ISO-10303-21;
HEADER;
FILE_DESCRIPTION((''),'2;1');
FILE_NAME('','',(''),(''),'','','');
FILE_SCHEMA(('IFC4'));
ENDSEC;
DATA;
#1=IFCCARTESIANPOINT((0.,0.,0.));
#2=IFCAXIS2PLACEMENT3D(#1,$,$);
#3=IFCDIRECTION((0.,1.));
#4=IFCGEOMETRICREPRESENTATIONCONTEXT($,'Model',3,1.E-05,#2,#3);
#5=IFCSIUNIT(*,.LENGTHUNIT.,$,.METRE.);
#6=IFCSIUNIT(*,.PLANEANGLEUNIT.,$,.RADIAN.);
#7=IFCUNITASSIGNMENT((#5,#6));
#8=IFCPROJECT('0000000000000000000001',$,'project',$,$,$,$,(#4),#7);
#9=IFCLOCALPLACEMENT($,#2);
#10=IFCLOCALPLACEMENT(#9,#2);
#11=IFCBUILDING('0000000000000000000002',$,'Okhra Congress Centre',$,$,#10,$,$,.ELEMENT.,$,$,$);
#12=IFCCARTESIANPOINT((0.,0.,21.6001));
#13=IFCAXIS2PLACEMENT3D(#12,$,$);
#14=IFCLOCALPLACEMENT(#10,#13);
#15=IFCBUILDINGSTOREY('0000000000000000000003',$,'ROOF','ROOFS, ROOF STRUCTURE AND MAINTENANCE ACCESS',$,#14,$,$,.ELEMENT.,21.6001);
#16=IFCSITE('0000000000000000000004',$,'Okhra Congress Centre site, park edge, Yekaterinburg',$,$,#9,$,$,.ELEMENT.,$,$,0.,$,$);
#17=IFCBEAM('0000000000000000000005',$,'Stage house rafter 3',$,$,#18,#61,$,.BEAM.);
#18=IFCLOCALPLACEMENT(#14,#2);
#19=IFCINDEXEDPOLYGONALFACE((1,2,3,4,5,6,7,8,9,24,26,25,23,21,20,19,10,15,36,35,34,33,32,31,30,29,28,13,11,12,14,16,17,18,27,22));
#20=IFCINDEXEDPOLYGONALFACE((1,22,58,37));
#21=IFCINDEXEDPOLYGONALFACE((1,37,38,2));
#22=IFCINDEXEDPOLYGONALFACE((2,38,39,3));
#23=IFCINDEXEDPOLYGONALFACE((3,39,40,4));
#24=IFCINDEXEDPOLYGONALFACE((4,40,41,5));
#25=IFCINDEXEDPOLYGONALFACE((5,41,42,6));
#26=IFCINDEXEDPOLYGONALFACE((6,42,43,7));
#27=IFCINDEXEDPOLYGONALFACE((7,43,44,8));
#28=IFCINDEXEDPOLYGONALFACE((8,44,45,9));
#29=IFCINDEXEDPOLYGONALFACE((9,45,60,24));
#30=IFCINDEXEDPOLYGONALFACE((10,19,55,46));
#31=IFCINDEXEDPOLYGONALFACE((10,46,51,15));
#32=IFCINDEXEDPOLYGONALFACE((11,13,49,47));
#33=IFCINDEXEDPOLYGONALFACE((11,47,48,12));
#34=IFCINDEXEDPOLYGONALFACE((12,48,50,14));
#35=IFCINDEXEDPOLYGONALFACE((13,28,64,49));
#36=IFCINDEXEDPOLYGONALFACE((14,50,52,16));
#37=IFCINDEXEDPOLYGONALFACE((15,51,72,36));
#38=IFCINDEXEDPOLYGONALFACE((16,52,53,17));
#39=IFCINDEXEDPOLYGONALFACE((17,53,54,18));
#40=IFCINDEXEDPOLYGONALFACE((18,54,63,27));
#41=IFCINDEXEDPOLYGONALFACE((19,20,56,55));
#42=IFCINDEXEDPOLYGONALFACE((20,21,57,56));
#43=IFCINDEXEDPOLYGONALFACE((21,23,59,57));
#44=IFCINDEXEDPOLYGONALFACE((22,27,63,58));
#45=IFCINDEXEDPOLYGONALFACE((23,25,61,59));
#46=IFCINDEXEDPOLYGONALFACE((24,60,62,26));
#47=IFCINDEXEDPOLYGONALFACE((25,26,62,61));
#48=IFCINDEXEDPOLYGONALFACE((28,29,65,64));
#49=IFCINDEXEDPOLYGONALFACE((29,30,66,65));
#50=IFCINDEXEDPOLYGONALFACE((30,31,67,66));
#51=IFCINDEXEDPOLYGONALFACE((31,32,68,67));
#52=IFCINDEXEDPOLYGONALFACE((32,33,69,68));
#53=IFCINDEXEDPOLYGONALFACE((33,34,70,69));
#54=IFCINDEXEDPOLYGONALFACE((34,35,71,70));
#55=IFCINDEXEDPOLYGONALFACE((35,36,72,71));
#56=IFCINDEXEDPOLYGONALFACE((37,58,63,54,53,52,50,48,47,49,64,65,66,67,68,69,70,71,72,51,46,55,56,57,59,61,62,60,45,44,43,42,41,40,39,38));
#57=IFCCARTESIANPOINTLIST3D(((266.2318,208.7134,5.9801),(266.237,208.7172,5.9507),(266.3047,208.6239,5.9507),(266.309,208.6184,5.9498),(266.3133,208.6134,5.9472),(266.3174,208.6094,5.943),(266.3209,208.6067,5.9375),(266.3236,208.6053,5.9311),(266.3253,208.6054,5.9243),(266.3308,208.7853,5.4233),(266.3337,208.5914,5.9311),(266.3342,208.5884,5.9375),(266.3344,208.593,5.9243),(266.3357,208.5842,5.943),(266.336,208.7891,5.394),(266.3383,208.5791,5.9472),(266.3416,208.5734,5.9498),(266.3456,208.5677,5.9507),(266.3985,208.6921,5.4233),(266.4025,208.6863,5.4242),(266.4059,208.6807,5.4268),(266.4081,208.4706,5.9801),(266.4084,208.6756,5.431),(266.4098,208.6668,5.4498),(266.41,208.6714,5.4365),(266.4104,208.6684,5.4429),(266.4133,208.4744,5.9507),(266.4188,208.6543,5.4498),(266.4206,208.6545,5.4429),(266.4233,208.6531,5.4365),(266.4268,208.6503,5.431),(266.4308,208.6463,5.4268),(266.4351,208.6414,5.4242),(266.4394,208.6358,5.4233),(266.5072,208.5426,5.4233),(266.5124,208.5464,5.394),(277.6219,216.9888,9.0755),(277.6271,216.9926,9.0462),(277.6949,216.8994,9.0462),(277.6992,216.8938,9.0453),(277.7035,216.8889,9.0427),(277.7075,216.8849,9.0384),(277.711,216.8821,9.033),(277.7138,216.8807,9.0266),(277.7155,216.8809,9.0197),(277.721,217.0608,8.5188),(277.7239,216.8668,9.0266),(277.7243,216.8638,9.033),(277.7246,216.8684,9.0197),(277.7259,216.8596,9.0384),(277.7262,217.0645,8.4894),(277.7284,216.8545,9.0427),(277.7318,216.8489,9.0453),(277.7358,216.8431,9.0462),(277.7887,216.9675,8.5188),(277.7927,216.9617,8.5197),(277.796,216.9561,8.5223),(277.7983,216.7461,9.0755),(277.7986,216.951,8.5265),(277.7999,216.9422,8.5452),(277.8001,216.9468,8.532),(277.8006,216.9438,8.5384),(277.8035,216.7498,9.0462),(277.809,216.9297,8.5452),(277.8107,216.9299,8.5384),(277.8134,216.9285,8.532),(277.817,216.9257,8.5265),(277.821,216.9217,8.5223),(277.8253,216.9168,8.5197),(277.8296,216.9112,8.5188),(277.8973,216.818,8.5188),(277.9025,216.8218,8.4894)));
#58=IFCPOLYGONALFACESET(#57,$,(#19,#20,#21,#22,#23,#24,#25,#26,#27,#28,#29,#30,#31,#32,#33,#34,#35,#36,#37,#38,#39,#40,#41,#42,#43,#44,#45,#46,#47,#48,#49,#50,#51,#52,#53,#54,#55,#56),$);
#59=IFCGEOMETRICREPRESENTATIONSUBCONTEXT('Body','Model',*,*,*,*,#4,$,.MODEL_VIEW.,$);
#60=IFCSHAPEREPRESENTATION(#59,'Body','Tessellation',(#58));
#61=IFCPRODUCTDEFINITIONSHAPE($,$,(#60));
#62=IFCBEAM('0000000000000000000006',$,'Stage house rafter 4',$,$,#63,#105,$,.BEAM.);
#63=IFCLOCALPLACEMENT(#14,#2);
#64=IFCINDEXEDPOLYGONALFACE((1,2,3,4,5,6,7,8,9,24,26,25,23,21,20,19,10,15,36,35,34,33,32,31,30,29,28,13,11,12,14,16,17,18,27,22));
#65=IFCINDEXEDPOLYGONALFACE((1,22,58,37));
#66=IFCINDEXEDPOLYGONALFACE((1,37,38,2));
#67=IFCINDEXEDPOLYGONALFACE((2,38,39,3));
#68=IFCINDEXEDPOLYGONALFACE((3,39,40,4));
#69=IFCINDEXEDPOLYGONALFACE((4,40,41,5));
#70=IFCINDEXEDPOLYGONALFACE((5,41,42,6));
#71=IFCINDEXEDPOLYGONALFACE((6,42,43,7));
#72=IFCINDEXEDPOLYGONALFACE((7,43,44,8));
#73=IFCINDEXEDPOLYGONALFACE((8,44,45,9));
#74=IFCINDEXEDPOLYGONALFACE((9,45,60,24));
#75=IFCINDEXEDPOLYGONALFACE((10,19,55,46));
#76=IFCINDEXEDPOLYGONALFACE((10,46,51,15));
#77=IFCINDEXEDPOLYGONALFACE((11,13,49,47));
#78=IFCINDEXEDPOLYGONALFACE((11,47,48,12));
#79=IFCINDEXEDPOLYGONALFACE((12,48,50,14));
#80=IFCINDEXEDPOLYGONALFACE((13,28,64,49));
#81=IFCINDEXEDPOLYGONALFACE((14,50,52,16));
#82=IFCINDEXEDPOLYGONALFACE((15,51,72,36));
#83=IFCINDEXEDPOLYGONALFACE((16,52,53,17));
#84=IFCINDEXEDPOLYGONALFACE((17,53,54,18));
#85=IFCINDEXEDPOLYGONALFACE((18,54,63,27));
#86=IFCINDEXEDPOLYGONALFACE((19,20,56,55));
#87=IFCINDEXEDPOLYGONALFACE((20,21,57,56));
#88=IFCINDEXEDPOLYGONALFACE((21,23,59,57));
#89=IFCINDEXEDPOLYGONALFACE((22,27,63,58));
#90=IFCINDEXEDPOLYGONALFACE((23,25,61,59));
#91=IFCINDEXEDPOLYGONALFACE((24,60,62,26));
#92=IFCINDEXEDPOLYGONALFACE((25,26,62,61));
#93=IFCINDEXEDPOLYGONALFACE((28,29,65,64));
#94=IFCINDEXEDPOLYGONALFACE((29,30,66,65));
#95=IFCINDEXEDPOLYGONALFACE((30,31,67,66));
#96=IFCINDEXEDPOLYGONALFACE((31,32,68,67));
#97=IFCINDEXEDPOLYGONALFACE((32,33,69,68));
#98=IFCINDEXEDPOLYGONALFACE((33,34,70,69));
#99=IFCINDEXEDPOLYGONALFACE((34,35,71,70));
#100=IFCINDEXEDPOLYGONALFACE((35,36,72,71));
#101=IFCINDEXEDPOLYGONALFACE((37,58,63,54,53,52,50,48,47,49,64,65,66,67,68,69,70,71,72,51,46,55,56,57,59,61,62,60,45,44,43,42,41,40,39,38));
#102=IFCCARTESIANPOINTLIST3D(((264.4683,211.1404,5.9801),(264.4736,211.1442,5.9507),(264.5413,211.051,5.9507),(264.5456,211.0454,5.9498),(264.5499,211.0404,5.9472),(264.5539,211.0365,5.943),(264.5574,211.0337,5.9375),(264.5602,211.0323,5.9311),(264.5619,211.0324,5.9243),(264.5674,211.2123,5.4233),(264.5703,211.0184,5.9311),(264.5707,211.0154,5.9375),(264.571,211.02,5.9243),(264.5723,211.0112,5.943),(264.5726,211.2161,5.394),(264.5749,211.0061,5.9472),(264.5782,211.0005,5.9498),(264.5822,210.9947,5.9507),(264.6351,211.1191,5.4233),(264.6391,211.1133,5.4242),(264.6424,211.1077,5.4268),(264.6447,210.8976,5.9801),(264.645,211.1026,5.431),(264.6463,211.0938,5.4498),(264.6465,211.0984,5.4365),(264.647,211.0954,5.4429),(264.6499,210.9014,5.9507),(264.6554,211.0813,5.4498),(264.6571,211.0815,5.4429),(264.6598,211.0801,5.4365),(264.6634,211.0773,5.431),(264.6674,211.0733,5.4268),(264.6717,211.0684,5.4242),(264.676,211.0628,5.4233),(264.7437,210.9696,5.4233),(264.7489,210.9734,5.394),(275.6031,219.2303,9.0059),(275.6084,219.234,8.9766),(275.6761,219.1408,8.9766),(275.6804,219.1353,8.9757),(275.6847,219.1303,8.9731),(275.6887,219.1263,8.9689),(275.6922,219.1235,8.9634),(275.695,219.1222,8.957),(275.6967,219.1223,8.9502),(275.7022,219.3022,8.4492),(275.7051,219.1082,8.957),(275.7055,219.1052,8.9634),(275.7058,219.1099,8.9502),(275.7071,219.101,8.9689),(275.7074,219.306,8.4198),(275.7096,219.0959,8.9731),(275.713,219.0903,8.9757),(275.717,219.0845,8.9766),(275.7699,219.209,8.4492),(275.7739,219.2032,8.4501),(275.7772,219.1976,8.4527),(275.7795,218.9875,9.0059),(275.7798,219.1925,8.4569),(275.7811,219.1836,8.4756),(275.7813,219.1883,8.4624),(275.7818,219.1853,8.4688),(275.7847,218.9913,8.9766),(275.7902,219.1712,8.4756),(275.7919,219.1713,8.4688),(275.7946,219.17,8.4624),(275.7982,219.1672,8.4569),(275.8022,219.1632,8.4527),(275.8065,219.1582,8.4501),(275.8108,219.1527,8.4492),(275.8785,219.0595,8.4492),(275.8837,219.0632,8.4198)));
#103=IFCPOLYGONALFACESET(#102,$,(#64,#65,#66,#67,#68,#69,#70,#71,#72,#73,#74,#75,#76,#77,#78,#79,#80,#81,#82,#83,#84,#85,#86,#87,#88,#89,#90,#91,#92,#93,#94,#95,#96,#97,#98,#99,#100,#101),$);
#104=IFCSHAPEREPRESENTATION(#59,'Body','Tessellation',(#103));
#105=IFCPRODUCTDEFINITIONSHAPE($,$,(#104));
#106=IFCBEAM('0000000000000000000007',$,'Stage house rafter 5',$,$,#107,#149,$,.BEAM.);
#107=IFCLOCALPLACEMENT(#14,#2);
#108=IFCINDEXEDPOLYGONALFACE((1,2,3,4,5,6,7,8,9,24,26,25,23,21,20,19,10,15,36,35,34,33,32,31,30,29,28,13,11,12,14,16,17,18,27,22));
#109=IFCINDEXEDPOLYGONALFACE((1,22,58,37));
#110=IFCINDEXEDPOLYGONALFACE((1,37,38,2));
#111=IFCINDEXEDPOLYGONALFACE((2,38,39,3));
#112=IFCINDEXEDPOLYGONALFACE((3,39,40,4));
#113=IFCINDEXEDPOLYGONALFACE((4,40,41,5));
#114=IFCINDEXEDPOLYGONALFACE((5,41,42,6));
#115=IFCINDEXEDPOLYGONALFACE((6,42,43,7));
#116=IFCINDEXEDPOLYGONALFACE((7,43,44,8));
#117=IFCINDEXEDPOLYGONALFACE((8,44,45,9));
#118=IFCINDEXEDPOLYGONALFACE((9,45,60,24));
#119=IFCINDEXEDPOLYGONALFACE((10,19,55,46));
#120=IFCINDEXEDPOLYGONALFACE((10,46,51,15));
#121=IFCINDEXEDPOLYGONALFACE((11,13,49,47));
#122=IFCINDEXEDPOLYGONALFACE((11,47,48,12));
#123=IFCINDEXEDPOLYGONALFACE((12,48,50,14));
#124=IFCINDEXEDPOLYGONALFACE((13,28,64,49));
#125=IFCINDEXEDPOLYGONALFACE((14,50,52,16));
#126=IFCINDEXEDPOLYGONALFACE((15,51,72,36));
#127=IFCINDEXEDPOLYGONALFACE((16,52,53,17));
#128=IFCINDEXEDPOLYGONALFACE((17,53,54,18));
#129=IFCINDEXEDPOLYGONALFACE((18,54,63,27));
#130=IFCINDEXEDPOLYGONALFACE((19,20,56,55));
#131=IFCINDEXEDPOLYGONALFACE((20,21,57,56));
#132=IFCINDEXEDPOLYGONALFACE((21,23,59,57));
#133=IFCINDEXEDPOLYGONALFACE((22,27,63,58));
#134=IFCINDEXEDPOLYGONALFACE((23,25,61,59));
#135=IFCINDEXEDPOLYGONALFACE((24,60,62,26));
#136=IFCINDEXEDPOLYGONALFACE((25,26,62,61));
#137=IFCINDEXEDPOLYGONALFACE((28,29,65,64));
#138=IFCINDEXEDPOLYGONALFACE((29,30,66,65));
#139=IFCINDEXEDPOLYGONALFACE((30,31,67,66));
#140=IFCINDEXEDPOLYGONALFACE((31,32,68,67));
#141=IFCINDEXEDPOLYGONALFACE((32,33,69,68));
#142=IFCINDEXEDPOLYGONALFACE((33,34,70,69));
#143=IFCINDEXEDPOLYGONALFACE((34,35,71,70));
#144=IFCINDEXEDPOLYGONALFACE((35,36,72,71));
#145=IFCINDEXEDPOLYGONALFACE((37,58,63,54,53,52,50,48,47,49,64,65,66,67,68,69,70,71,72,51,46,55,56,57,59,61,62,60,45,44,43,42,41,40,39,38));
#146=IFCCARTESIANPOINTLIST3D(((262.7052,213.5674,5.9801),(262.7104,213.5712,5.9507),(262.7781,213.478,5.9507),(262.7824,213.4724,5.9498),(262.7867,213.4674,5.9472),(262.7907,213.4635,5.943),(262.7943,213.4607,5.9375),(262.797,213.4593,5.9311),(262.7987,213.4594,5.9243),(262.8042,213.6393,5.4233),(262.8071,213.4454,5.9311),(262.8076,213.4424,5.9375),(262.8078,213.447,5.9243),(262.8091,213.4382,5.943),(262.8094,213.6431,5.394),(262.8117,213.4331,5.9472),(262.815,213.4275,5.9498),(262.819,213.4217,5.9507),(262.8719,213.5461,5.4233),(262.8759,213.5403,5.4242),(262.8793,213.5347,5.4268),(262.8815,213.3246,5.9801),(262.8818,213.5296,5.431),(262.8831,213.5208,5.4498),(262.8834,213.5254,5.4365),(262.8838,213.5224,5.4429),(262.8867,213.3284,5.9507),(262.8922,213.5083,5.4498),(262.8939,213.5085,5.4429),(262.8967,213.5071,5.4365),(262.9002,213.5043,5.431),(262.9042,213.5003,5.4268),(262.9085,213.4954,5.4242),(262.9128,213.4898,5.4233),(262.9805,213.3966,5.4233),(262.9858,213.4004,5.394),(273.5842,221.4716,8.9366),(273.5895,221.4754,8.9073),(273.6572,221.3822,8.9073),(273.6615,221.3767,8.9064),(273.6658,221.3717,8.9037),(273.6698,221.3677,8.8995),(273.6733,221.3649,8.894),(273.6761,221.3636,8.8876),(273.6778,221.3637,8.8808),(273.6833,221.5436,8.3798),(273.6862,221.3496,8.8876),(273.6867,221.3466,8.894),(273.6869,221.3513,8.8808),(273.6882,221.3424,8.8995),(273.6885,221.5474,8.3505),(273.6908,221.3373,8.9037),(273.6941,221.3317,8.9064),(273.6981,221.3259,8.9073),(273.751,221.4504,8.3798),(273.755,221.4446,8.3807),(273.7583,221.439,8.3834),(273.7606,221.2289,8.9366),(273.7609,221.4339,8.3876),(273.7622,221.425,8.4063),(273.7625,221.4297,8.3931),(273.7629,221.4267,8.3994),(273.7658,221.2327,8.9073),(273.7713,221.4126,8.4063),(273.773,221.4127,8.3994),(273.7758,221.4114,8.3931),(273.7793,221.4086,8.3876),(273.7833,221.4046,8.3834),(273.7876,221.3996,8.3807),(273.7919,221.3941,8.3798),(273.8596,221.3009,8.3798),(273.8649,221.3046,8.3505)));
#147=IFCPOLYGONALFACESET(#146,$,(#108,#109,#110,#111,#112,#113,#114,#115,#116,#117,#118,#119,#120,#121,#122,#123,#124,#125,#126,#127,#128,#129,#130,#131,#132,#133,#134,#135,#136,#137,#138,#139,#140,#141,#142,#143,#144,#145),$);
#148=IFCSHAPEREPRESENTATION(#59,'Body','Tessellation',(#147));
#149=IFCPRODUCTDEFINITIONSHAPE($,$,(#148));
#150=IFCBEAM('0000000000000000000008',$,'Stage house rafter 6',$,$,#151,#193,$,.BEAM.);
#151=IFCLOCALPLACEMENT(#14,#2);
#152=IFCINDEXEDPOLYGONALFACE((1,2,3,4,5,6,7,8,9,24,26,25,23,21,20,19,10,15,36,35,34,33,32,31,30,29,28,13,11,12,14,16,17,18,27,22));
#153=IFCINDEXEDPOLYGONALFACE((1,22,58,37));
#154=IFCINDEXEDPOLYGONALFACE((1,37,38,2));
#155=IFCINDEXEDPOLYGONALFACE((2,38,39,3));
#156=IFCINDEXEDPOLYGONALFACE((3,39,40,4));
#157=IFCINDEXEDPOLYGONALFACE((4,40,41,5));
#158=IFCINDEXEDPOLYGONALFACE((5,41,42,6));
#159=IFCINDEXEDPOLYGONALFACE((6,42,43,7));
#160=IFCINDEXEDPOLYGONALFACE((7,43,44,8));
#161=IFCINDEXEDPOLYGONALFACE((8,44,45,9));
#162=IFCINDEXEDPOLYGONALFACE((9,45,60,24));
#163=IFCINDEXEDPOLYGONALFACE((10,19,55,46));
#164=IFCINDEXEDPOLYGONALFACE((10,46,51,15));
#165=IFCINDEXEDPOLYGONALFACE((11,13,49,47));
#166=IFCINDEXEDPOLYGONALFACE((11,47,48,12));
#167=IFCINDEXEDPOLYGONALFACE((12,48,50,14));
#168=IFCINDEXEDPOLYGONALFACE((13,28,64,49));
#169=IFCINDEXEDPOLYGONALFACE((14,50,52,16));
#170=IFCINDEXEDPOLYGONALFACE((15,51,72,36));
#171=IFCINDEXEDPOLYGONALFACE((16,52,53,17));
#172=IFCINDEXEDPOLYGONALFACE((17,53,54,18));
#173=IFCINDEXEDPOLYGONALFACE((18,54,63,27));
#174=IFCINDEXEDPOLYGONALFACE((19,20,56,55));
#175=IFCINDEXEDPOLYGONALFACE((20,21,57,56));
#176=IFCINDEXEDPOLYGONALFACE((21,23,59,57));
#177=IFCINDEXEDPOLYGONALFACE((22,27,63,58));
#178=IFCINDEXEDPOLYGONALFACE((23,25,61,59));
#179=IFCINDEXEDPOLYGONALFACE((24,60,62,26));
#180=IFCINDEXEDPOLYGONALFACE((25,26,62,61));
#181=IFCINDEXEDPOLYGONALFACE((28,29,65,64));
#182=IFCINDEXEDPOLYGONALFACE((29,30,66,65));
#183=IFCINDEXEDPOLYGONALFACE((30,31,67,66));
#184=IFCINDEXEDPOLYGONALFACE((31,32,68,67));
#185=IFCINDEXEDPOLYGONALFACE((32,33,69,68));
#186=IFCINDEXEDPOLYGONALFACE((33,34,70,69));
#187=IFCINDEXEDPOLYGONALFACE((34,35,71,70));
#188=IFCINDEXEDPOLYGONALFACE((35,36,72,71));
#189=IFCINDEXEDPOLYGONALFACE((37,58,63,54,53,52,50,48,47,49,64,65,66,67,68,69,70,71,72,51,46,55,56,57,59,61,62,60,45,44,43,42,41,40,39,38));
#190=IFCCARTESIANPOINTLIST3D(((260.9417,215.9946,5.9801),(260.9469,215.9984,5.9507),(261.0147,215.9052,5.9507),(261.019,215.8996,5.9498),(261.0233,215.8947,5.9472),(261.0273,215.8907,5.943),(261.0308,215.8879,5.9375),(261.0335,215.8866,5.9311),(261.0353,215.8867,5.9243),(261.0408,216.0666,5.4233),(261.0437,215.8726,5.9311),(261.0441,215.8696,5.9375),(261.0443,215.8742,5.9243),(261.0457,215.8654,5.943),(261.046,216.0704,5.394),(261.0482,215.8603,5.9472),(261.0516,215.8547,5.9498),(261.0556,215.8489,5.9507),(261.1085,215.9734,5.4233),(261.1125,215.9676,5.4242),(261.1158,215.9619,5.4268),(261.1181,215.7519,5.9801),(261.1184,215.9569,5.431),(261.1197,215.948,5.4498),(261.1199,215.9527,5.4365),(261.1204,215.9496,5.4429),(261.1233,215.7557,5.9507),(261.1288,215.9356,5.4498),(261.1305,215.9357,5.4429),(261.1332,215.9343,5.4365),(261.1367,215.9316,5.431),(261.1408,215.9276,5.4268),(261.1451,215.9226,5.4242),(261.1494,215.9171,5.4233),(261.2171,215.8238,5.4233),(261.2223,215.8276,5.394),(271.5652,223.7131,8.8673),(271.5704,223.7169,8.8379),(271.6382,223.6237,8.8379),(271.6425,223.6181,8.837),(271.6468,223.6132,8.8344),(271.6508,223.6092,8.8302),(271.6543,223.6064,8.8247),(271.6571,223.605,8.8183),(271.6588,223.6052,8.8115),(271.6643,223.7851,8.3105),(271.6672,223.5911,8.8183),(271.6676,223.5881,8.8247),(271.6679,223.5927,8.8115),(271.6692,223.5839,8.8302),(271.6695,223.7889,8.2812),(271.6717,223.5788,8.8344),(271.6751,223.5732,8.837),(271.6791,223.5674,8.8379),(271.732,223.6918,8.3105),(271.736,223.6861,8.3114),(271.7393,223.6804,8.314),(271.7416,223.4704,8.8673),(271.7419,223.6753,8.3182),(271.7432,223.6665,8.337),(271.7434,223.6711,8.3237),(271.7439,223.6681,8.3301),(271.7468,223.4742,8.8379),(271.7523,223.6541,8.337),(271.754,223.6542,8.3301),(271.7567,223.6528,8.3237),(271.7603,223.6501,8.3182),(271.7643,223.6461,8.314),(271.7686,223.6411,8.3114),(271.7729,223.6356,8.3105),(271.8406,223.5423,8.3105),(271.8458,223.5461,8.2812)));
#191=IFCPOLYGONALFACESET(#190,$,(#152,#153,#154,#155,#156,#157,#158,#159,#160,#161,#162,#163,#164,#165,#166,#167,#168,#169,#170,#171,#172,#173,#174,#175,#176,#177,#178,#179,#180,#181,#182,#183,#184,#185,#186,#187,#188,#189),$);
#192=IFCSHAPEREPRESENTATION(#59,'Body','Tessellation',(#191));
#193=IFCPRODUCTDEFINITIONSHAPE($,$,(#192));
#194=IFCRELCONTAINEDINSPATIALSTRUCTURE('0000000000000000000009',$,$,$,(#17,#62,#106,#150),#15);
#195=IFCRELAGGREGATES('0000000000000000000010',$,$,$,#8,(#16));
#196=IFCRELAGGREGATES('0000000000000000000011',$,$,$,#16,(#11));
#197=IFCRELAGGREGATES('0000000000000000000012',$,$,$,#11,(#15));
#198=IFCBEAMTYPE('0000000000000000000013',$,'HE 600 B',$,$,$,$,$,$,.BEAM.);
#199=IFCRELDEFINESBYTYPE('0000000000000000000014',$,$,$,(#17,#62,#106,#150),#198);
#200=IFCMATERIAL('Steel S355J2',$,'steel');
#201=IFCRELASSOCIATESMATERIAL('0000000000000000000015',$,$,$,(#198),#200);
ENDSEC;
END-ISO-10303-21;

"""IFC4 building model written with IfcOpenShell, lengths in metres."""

from ifc_helpers import new_model, si_unit, direction, frame, origin, origin_2d, place, context, subcontext, project, spatial, i_section, extrude, material, material_profile, profile_set, type_object, element, save


model = new_model("IFC4")

# Units and contexts
model_context = context("Model", 3, precision=1e-05, world=origin(), true_north=direction((0.0, 1.0)))
body_context = subcontext(model_context, "Body", "Model", "MODEL_VIEW")
ifc_project = project(units=[si_unit("LENGTHUNIT", "METRE"), si_unit("PLANEANGLEUNIT", "RADIAN")], contexts=[model_context])

# Site, building, storey
site_placement = place(None, origin())
site = spatial("IfcSite", under=ifc_project, at=site_placement, Name="Okhra Congress Centre site, park edge, Yekaterinburg", CompositionType="ELEMENT", RefElevation=0.0)
building_placement = place(site_placement, origin())
building = spatial("IfcBuilding", under=site, at=building_placement, Name="Okhra Congress Centre", CompositionType="ELEMENT")
storey_placement = place(building_placement, frame((0.0, 0.0, 21.6001)))
storey = spatial("IfcBuildingStorey", under=building, at=storey_placement, Name="ROOF", Description="ROOFS, ROOF STRUCTURE AND MAINTENANCE ACCESS", CompositionType="ELEMENT", Elevation=21.6001)

# Beams
ifc_material_1 = material(Name="Steel S355J2", Category="steel")
ifc_material_profile_1 = material_profile(ifc_material_1, i_section(OverallWidth=0.3, OverallDepth=0.6001, WebThickness=0.0154, FlangeThickness=0.03, FilletRadius=0.0271, at=origin_2d()), Name="HE 600 B")
ifc_profile_set_1 = profile_set([ifc_material_profile_1], Name="Steel S355J2")
beam_type = type_object("IfcBeamType", Name="HE 600 B", PredefinedType="BEAM", material=ifc_profile_set_1)
beam_1_placement = place(storey_placement, frame((266.3721, 208.6299, 5.687), z_axis=(0.790145, 0.574072, 0.214735), x_axis=(-0.587784, 0.809018, 0.0)))
element("IfcBeam", 1, at=beam_1_placement, inside=storey, type_object=beam_type, Name="Stage house rafter 3", PredefinedType="BEAM", context=body_context, shape_type="SweptSolid", body=[
    extrude(i_section(OverallWidth=0.3, OverallDepth=0.6001, WebThickness=0.0154, FlangeThickness=0.03, FilletRadius=0.0271, at=origin_2d()), origin(), (0.0, 0.0, 1.0), 14.4153),
])
beam_2_placement = place(storey_placement, frame((264.6086, 211.0569, 5.687), z_axis=(0.790148, 0.574073, 0.214723), x_axis=(-0.587783, 0.809018, 0.0)))
element("IfcBeam", 2, at=beam_2_placement, inside=storey, type_object=beam_type, Name="Stage house rafter 4", PredefinedType="BEAM", context=body_context, shape_type="SweptSolid", body=[
    extrude(i_section(OverallWidth=0.3, OverallDepth=0.6001, WebThickness=0.0154, FlangeThickness=0.03, FilletRadius=0.0271, at=origin_2d()), origin(), (0.0, 0.0, 1.0), 14.092),
])
beam_3_placement = place(storey_placement, frame((262.8455, 213.4839, 5.687), z_axis=(0.790141, 0.57408, 0.21473), x_axis=(-0.587792, 0.809012, 0.0)))
element("IfcBeam", 3, at=beam_3_placement, inside=storey, type_object=beam_type, Name="Stage house rafter 5", PredefinedType="BEAM", context=body_context, shape_type="SweptSolid", body=[
    extrude(i_section(OverallWidth=0.3, OverallDepth=0.6001, WebThickness=0.0154, FlangeThickness=0.03, FilletRadius=0.0271, at=origin_2d()), origin(), (0.0, 0.0, 1.0), 13.7686),
])
beam_4_placement = place(storey_placement, frame((261.082, 215.9111, 5.687), z_axis=(0.790142, 0.574076, 0.21474), x_axis=(-0.587788, 0.809015, 0.0)))
element("IfcBeam", 4, at=beam_4_placement, inside=storey, type_object=beam_type, Name="Stage house rafter 6", PredefinedType="BEAM", context=body_context, shape_type="SweptSolid", body=[
    extrude(i_section(OverallWidth=0.3, OverallDepth=0.6001, WebThickness=0.0154, FlangeThickness=0.03, FilletRadius=0.0271, at=origin_2d()), origin(), (0.0, 0.0, 1.0), 13.4451),
])

save(model, "model.ifc")
